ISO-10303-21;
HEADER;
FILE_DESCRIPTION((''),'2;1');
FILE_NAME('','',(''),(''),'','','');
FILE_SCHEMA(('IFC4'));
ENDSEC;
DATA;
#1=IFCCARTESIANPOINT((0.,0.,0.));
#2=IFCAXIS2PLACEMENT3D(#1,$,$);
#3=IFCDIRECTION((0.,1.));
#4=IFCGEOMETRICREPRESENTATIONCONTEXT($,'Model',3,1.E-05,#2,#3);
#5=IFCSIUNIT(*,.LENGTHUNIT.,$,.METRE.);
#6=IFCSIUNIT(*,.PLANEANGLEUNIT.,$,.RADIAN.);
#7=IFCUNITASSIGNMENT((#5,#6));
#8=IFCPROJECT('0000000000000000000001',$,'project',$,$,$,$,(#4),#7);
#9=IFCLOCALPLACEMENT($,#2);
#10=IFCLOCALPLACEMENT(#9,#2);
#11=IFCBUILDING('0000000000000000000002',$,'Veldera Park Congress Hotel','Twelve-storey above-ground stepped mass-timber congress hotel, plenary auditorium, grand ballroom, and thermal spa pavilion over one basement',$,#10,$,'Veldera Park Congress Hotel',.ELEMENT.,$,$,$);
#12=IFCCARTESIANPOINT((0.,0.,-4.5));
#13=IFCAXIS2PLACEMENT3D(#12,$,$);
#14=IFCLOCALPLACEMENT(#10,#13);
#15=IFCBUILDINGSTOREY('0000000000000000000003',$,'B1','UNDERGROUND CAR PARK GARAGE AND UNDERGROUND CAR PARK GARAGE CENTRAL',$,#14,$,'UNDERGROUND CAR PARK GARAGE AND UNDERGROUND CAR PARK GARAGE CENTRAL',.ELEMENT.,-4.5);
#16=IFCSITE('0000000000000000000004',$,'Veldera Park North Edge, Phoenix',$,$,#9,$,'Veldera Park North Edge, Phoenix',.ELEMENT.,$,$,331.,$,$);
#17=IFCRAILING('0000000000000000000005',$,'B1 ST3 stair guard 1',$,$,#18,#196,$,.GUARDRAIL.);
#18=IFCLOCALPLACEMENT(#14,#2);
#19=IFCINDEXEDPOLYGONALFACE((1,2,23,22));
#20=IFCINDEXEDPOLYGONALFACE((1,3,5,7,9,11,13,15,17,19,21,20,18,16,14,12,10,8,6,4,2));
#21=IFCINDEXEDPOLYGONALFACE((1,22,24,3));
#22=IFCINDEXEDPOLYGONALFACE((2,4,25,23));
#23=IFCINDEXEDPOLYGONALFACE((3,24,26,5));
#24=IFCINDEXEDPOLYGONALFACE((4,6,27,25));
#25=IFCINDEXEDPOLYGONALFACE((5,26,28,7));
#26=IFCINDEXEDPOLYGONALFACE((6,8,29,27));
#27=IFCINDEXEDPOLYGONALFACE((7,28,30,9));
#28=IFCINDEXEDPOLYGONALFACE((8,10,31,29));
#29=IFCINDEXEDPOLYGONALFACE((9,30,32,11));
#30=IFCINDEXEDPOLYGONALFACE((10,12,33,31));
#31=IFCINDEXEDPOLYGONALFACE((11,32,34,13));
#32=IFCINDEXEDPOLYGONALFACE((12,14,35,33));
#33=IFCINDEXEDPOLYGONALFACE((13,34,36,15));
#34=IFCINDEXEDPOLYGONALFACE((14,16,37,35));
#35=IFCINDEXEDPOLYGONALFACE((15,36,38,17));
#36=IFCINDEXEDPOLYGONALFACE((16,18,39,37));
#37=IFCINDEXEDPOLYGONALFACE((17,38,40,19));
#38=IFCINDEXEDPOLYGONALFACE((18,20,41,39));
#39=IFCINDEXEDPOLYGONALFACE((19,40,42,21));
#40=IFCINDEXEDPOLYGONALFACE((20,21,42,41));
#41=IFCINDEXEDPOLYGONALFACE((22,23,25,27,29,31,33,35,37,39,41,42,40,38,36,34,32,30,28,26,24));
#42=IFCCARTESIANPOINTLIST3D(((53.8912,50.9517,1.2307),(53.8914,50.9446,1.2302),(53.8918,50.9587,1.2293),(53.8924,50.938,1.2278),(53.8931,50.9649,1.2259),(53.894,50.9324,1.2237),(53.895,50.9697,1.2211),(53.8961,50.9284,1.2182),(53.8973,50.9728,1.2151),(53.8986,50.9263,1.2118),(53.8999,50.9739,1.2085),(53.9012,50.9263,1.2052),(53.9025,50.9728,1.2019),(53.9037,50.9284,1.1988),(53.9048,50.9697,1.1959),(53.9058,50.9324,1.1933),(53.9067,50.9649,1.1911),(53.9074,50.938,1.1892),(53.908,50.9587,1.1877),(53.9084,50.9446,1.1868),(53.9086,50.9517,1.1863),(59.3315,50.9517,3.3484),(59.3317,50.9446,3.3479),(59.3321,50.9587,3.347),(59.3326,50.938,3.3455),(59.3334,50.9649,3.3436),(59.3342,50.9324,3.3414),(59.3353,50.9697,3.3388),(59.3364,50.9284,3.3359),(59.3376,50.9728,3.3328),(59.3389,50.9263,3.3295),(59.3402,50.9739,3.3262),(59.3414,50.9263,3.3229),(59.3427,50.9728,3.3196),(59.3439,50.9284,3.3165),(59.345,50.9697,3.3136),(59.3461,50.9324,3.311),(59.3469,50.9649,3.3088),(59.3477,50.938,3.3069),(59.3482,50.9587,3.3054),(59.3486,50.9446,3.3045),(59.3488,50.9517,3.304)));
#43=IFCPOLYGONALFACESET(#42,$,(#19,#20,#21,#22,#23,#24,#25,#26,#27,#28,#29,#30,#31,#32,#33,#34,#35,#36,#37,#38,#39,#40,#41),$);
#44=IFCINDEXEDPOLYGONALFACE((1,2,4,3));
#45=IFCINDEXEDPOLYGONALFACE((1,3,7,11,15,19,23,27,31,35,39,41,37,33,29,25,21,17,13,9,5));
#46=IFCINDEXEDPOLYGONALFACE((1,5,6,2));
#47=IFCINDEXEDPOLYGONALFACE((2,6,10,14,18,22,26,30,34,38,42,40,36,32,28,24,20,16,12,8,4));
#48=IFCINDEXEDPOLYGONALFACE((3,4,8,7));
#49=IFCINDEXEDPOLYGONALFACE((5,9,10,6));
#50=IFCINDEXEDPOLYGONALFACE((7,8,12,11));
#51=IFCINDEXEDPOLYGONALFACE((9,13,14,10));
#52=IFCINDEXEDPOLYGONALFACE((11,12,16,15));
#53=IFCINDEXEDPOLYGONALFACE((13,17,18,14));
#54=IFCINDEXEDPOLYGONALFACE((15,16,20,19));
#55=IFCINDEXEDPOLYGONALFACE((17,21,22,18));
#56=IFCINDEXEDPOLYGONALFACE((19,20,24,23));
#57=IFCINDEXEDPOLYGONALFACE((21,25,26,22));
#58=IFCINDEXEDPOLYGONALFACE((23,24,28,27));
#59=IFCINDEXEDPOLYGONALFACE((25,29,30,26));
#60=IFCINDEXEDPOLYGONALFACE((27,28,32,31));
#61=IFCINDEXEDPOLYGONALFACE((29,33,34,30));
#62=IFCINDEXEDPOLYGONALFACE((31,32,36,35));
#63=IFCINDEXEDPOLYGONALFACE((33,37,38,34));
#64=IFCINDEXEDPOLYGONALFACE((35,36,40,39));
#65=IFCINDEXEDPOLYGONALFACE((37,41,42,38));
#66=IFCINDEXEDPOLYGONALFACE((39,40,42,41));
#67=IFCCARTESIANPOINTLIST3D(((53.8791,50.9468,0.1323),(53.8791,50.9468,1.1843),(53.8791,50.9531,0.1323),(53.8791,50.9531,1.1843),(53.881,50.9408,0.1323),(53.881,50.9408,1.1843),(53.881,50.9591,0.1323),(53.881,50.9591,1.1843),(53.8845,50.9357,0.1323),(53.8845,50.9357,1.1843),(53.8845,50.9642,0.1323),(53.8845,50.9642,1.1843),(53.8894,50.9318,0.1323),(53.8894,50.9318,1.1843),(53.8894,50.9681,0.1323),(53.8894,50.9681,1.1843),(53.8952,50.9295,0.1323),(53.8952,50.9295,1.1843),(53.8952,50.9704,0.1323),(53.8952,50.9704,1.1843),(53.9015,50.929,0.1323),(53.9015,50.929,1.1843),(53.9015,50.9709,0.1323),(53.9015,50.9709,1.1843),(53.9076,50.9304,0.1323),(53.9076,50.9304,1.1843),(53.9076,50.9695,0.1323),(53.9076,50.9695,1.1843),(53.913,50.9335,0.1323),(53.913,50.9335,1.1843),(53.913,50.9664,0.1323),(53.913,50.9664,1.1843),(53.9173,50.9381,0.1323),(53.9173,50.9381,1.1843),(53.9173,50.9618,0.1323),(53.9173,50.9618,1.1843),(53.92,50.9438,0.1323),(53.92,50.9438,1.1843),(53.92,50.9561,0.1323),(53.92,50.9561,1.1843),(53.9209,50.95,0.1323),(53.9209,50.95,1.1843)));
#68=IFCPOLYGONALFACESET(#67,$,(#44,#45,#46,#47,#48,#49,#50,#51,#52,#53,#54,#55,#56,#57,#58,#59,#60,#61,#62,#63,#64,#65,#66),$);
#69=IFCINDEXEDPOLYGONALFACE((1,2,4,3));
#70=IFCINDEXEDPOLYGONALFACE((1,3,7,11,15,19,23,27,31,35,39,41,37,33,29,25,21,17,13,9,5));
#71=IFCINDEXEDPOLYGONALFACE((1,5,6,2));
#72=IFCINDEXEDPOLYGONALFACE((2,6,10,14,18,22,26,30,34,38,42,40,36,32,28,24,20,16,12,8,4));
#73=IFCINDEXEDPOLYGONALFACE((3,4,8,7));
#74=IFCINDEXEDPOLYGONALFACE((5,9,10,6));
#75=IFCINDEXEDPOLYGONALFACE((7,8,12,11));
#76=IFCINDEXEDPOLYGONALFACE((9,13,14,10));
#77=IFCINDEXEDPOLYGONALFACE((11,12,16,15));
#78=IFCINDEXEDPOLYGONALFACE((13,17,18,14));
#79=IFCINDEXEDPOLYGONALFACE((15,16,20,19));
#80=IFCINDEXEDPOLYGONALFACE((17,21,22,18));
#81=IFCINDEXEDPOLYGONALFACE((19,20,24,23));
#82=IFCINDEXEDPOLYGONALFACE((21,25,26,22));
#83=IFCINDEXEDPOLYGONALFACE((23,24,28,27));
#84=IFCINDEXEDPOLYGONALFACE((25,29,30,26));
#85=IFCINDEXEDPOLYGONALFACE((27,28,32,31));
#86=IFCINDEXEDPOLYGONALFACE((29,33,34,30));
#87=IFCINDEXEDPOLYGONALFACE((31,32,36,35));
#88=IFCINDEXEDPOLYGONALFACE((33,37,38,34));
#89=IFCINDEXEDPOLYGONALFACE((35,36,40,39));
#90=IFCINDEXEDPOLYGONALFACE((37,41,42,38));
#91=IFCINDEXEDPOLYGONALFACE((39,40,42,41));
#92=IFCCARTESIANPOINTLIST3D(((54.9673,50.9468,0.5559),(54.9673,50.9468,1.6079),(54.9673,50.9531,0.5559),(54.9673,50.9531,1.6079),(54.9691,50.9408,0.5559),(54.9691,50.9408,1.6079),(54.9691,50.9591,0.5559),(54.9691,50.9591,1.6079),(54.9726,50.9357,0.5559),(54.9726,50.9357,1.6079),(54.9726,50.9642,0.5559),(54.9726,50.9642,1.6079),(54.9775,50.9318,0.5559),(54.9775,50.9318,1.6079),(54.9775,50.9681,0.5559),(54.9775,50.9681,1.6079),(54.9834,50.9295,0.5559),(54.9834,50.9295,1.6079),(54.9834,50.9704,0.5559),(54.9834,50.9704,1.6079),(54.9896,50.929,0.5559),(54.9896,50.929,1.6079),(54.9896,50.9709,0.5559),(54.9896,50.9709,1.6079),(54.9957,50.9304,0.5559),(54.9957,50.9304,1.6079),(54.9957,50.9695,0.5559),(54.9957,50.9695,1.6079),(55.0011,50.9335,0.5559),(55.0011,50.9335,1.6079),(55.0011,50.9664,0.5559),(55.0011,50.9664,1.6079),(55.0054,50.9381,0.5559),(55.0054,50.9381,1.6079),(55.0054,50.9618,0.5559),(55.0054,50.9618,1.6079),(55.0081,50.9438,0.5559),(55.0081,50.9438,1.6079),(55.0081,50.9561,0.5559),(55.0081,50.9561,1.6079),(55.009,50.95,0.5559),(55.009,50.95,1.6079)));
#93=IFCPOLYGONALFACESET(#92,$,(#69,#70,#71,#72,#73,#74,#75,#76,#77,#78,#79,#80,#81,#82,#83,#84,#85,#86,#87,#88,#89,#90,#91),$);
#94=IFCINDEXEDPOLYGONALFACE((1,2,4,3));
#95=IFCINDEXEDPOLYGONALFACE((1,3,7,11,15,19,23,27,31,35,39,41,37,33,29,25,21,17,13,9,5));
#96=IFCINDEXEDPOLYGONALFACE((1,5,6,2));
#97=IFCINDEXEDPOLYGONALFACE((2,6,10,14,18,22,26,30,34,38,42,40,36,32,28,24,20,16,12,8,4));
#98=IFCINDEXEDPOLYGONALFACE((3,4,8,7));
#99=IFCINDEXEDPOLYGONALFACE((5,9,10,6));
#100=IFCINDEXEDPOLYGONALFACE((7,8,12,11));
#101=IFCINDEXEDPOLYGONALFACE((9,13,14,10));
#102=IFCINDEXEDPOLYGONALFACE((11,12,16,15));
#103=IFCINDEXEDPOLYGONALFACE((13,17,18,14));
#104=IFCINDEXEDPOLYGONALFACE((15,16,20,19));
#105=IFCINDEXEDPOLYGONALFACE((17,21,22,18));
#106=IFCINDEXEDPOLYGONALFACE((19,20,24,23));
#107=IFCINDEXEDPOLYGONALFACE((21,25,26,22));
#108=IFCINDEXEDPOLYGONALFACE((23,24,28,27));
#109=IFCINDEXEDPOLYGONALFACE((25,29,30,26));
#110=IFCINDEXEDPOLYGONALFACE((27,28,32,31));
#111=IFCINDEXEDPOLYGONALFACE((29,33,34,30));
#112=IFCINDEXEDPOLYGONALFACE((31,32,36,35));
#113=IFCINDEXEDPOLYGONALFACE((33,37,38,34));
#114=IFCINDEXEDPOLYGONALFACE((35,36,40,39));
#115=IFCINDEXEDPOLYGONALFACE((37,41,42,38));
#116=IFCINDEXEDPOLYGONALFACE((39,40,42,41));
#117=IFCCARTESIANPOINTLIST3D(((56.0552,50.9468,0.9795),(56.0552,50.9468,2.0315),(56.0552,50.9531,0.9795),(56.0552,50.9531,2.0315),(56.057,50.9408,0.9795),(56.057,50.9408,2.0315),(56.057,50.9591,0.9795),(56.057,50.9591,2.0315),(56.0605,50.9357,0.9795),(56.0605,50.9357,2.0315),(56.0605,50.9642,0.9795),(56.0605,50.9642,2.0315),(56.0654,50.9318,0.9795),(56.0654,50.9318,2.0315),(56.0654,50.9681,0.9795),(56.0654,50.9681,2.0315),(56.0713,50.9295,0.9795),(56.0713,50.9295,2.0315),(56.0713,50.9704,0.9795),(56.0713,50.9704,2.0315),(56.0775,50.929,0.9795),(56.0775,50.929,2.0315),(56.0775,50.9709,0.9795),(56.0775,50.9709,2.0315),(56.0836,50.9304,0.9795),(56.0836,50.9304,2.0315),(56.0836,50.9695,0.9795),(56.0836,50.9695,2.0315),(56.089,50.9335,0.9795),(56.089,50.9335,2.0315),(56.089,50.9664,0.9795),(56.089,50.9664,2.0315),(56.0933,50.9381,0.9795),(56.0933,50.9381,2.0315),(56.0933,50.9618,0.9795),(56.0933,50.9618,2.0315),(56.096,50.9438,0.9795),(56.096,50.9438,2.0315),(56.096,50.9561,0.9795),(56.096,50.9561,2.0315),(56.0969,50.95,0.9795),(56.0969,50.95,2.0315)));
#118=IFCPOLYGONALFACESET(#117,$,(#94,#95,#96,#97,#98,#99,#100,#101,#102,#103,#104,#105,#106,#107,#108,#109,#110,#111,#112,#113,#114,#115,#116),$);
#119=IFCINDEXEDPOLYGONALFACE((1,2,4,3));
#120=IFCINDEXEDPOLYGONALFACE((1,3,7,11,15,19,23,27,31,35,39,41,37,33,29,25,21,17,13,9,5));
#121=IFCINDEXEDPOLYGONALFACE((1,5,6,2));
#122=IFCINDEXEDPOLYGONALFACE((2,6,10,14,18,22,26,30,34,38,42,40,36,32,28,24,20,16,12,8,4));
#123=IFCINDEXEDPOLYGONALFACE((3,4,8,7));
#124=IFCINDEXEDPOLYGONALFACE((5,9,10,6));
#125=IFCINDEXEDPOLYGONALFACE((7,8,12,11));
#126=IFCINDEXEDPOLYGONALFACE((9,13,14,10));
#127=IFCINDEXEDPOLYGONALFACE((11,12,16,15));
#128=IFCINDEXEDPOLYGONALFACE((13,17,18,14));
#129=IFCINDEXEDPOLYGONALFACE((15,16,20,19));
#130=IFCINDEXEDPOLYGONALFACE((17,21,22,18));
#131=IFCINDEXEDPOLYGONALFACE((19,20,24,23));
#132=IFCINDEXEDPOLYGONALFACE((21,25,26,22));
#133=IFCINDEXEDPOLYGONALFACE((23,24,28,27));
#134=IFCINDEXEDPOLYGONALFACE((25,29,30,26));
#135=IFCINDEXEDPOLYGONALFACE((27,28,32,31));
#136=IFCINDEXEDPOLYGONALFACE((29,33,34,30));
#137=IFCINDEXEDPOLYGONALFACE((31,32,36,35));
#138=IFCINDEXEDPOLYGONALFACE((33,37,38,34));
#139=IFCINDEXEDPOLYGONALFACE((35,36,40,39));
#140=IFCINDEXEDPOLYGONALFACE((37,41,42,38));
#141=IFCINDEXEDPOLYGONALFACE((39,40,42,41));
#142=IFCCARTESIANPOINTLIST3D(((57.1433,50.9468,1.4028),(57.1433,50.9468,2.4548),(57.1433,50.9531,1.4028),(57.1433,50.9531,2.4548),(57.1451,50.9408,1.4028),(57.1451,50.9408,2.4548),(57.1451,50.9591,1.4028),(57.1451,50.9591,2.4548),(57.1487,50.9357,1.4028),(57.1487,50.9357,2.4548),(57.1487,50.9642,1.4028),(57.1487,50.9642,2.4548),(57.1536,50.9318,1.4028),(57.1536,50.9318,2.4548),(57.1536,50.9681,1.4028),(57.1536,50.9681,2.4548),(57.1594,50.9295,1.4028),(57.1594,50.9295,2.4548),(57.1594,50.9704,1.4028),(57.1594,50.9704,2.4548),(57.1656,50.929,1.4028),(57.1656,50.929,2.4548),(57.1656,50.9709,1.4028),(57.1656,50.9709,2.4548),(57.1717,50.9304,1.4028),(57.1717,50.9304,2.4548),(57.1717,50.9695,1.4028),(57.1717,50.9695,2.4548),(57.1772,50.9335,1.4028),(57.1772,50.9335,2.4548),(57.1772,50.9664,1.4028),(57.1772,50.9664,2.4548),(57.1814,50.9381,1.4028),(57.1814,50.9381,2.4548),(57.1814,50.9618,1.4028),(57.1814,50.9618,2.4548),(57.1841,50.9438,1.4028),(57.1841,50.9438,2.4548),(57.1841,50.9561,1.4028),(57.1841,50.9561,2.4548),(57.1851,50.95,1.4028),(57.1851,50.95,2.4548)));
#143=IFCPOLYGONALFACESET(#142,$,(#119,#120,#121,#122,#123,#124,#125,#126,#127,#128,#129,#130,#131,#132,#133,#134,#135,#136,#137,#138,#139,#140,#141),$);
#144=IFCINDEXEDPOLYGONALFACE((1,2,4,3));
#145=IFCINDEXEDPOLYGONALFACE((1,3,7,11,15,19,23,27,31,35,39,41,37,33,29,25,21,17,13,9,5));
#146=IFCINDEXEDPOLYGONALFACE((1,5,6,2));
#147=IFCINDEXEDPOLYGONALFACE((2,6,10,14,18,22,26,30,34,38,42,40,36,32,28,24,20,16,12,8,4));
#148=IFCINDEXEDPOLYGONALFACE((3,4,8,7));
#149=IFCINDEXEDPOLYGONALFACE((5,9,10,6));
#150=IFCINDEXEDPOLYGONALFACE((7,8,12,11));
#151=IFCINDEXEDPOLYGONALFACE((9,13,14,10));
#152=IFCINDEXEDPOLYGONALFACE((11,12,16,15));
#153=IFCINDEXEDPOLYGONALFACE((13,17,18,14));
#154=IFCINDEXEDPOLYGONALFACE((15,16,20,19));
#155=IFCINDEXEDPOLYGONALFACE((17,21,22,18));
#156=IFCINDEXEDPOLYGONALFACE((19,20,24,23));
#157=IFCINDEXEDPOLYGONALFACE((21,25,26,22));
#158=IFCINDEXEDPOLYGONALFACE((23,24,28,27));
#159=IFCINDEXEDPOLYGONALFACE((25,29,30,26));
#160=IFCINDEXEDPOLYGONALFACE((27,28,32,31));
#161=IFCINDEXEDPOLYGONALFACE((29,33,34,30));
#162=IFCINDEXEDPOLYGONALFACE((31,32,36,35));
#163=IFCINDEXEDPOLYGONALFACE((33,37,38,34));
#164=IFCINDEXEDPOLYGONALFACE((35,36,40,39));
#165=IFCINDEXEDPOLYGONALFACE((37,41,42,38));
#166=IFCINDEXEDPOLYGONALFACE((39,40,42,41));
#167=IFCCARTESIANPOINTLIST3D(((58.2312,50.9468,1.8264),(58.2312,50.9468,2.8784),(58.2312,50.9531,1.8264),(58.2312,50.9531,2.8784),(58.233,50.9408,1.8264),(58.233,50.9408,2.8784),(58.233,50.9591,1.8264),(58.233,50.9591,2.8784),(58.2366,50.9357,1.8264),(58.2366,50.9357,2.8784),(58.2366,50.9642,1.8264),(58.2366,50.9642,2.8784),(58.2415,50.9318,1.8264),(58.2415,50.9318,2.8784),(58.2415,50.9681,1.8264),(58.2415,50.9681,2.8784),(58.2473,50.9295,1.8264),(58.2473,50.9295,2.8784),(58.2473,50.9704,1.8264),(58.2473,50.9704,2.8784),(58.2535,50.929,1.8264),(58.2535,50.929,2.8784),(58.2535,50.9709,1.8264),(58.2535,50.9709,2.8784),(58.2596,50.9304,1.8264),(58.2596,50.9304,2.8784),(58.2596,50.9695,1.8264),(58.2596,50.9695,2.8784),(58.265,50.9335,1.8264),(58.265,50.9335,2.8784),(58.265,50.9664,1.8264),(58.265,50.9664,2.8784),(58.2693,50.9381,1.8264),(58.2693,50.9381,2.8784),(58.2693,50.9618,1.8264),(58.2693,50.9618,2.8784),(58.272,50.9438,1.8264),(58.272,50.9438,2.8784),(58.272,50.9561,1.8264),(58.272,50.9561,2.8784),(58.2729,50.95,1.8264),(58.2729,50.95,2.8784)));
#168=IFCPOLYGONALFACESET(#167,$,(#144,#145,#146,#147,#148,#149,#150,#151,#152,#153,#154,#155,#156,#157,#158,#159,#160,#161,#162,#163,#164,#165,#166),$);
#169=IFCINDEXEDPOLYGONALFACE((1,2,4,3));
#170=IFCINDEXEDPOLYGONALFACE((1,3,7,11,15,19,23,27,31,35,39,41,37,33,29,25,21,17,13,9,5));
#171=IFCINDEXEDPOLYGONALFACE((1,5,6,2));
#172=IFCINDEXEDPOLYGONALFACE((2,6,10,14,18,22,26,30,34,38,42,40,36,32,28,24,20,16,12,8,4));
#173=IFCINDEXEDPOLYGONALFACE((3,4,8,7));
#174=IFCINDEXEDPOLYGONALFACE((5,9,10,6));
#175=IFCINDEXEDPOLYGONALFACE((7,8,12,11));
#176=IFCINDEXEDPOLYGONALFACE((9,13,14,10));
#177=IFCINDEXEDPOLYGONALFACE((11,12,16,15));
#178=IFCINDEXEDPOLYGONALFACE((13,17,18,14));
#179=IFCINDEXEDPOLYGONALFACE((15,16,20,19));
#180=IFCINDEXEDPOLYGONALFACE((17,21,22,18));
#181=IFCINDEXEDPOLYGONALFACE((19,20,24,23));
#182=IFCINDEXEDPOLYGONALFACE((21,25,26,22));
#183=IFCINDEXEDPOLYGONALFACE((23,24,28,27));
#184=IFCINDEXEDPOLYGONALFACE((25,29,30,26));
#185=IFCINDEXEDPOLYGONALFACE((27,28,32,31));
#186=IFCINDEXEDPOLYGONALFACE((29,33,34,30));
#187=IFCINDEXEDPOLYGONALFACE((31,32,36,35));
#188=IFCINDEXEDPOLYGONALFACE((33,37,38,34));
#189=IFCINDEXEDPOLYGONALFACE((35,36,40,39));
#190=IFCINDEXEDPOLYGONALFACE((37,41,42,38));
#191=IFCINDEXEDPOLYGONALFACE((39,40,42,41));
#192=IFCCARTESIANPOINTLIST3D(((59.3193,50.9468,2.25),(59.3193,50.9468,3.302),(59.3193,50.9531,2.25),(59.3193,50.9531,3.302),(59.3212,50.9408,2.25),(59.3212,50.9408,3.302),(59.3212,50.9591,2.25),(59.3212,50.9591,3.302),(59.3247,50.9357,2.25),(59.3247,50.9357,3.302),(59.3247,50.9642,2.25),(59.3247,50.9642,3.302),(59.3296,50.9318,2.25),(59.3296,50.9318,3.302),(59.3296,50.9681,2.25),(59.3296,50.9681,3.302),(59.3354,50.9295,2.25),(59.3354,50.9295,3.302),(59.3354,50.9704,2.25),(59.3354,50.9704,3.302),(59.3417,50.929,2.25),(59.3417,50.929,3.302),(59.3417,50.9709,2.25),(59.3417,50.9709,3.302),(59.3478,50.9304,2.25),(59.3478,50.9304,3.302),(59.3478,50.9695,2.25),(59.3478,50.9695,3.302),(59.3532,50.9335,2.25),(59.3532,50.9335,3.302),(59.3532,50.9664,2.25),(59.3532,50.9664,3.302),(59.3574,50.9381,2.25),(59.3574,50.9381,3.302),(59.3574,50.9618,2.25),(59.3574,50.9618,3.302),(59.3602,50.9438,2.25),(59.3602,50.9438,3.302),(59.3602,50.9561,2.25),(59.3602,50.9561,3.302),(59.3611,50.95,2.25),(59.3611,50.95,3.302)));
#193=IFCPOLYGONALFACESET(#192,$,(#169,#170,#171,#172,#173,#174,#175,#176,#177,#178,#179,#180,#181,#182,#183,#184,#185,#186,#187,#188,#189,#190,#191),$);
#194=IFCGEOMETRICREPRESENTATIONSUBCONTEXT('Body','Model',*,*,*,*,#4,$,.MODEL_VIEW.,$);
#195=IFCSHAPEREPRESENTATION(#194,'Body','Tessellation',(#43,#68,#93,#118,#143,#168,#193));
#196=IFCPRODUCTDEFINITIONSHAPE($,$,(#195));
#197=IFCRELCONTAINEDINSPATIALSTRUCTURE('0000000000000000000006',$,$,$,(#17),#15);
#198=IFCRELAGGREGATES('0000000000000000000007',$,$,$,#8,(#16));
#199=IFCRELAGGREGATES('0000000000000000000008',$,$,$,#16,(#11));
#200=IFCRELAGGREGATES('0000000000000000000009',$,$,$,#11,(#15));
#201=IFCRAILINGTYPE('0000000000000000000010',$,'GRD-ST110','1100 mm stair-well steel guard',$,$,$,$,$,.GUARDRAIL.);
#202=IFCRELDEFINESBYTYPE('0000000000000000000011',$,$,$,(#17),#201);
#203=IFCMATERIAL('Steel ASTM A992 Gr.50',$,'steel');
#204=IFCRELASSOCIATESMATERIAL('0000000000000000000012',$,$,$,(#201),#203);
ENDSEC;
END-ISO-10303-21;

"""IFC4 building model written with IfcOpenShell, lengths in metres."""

from ifc_helpers import new_model, si_unit, direction, frame, origin, origin_2d, place, context, subcontext, project, spatial, circle, extrude, material, type_object, element, save


model = new_model("IFC4")

# Units and contexts
model_context = context("Model", 3, precision=1e-05, world=origin(), true_north=direction((0.0, 1.0)))
body_context = subcontext(model_context, "Body", "Model", "MODEL_VIEW")
ifc_project = project(units=[si_unit("LENGTHUNIT", "METRE"), si_unit("PLANEANGLEUNIT", "RADIAN")], contexts=[model_context])

# Site, building, storey
site_placement = place(None, origin())
site = spatial("IfcSite", under=ifc_project, at=site_placement, Name="Veldera Park North Edge, Phoenix", LongName="Veldera Park North Edge, Phoenix", CompositionType="ELEMENT", RefElevation=331.0)
building_placement = place(site_placement, origin())
building = spatial("IfcBuilding", under=site, at=building_placement, Name="Veldera Park Congress Hotel", Description="Twelve-storey above-ground stepped mass-timber congress hotel, plenary auditorium, grand ballroom, and thermal spa pavilion over one basement", LongName="Veldera Park Congress Hotel", CompositionType="ELEMENT")
storey_placement = place(building_placement, frame((0.0, 0.0, -4.5)))
storey = spatial("IfcBuildingStorey", under=building, at=storey_placement, Name="B1", Description="UNDERGROUND CAR PARK GARAGE AND UNDERGROUND CAR PARK GARAGE CENTRAL", LongName="UNDERGROUND CAR PARK GARAGE AND UNDERGROUND CAR PARK GARAGE CENTRAL", CompositionType="ELEMENT", Elevation=-4.5)

# Railing
ifc_material_1 = material(Name="Steel ASTM A992 Gr.50", Category="steel")
railing_type_1 = type_object("IfcRailingType", Name="GRD-ST110", Description="1100 mm stair-well steel guard", PredefinedType="GUARDRAIL", material=ifc_material_1)
railing_1_placement = place(storey_placement, frame((53.8999, 50.95, 0.1323)))
element("IfcRailing", 1, at=railing_1_placement, inside=storey, type_object=railing_type_1, Name="B1 ST3 stair guard 1", PredefinedType="GUARDRAIL", context=body_context, shape_type="SweptSolid", body=[
    extrude(circle(Radius=0.0239, at=origin_2d()), frame((0.0, 0.0, 1.0762), z_axis=(0.931886, 0.0, 0.362751), x_axis=(0.0, 1.0, 0.0)), (0.0, 0.0, 1.0), 5.8379),
    extrude(circle(Radius=0.021, at=origin_2d()), origin(), (0.0, 0.0, 1.0), 1.052),
    extrude(circle(Radius=0.021, at=origin_2d()), frame((1.0881, 0.0, 0.4236)), (0.0, 0.0, 1.0), 1.052),
    extrude(circle(Radius=0.021, at=origin_2d()), frame((2.176, 0.0, 0.8472)), (0.0, 0.0, 1.0), 1.052),
    extrude(circle(Radius=0.021, at=origin_2d()), frame((3.2642, 0.0, 1.2705)), (0.0, 0.0, 1.0), 1.052),
    extrude(circle(Radius=0.021, at=origin_2d()), frame((4.3521, 0.0, 1.6941)), (0.0, 0.0, 1.0), 1.052),
    extrude(circle(Radius=0.021, at=origin_2d()), frame((5.4402, 0.0, 2.1177)), (0.0, 0.0, 1.0), 1.052),
])

save(model, "model.ifc")
